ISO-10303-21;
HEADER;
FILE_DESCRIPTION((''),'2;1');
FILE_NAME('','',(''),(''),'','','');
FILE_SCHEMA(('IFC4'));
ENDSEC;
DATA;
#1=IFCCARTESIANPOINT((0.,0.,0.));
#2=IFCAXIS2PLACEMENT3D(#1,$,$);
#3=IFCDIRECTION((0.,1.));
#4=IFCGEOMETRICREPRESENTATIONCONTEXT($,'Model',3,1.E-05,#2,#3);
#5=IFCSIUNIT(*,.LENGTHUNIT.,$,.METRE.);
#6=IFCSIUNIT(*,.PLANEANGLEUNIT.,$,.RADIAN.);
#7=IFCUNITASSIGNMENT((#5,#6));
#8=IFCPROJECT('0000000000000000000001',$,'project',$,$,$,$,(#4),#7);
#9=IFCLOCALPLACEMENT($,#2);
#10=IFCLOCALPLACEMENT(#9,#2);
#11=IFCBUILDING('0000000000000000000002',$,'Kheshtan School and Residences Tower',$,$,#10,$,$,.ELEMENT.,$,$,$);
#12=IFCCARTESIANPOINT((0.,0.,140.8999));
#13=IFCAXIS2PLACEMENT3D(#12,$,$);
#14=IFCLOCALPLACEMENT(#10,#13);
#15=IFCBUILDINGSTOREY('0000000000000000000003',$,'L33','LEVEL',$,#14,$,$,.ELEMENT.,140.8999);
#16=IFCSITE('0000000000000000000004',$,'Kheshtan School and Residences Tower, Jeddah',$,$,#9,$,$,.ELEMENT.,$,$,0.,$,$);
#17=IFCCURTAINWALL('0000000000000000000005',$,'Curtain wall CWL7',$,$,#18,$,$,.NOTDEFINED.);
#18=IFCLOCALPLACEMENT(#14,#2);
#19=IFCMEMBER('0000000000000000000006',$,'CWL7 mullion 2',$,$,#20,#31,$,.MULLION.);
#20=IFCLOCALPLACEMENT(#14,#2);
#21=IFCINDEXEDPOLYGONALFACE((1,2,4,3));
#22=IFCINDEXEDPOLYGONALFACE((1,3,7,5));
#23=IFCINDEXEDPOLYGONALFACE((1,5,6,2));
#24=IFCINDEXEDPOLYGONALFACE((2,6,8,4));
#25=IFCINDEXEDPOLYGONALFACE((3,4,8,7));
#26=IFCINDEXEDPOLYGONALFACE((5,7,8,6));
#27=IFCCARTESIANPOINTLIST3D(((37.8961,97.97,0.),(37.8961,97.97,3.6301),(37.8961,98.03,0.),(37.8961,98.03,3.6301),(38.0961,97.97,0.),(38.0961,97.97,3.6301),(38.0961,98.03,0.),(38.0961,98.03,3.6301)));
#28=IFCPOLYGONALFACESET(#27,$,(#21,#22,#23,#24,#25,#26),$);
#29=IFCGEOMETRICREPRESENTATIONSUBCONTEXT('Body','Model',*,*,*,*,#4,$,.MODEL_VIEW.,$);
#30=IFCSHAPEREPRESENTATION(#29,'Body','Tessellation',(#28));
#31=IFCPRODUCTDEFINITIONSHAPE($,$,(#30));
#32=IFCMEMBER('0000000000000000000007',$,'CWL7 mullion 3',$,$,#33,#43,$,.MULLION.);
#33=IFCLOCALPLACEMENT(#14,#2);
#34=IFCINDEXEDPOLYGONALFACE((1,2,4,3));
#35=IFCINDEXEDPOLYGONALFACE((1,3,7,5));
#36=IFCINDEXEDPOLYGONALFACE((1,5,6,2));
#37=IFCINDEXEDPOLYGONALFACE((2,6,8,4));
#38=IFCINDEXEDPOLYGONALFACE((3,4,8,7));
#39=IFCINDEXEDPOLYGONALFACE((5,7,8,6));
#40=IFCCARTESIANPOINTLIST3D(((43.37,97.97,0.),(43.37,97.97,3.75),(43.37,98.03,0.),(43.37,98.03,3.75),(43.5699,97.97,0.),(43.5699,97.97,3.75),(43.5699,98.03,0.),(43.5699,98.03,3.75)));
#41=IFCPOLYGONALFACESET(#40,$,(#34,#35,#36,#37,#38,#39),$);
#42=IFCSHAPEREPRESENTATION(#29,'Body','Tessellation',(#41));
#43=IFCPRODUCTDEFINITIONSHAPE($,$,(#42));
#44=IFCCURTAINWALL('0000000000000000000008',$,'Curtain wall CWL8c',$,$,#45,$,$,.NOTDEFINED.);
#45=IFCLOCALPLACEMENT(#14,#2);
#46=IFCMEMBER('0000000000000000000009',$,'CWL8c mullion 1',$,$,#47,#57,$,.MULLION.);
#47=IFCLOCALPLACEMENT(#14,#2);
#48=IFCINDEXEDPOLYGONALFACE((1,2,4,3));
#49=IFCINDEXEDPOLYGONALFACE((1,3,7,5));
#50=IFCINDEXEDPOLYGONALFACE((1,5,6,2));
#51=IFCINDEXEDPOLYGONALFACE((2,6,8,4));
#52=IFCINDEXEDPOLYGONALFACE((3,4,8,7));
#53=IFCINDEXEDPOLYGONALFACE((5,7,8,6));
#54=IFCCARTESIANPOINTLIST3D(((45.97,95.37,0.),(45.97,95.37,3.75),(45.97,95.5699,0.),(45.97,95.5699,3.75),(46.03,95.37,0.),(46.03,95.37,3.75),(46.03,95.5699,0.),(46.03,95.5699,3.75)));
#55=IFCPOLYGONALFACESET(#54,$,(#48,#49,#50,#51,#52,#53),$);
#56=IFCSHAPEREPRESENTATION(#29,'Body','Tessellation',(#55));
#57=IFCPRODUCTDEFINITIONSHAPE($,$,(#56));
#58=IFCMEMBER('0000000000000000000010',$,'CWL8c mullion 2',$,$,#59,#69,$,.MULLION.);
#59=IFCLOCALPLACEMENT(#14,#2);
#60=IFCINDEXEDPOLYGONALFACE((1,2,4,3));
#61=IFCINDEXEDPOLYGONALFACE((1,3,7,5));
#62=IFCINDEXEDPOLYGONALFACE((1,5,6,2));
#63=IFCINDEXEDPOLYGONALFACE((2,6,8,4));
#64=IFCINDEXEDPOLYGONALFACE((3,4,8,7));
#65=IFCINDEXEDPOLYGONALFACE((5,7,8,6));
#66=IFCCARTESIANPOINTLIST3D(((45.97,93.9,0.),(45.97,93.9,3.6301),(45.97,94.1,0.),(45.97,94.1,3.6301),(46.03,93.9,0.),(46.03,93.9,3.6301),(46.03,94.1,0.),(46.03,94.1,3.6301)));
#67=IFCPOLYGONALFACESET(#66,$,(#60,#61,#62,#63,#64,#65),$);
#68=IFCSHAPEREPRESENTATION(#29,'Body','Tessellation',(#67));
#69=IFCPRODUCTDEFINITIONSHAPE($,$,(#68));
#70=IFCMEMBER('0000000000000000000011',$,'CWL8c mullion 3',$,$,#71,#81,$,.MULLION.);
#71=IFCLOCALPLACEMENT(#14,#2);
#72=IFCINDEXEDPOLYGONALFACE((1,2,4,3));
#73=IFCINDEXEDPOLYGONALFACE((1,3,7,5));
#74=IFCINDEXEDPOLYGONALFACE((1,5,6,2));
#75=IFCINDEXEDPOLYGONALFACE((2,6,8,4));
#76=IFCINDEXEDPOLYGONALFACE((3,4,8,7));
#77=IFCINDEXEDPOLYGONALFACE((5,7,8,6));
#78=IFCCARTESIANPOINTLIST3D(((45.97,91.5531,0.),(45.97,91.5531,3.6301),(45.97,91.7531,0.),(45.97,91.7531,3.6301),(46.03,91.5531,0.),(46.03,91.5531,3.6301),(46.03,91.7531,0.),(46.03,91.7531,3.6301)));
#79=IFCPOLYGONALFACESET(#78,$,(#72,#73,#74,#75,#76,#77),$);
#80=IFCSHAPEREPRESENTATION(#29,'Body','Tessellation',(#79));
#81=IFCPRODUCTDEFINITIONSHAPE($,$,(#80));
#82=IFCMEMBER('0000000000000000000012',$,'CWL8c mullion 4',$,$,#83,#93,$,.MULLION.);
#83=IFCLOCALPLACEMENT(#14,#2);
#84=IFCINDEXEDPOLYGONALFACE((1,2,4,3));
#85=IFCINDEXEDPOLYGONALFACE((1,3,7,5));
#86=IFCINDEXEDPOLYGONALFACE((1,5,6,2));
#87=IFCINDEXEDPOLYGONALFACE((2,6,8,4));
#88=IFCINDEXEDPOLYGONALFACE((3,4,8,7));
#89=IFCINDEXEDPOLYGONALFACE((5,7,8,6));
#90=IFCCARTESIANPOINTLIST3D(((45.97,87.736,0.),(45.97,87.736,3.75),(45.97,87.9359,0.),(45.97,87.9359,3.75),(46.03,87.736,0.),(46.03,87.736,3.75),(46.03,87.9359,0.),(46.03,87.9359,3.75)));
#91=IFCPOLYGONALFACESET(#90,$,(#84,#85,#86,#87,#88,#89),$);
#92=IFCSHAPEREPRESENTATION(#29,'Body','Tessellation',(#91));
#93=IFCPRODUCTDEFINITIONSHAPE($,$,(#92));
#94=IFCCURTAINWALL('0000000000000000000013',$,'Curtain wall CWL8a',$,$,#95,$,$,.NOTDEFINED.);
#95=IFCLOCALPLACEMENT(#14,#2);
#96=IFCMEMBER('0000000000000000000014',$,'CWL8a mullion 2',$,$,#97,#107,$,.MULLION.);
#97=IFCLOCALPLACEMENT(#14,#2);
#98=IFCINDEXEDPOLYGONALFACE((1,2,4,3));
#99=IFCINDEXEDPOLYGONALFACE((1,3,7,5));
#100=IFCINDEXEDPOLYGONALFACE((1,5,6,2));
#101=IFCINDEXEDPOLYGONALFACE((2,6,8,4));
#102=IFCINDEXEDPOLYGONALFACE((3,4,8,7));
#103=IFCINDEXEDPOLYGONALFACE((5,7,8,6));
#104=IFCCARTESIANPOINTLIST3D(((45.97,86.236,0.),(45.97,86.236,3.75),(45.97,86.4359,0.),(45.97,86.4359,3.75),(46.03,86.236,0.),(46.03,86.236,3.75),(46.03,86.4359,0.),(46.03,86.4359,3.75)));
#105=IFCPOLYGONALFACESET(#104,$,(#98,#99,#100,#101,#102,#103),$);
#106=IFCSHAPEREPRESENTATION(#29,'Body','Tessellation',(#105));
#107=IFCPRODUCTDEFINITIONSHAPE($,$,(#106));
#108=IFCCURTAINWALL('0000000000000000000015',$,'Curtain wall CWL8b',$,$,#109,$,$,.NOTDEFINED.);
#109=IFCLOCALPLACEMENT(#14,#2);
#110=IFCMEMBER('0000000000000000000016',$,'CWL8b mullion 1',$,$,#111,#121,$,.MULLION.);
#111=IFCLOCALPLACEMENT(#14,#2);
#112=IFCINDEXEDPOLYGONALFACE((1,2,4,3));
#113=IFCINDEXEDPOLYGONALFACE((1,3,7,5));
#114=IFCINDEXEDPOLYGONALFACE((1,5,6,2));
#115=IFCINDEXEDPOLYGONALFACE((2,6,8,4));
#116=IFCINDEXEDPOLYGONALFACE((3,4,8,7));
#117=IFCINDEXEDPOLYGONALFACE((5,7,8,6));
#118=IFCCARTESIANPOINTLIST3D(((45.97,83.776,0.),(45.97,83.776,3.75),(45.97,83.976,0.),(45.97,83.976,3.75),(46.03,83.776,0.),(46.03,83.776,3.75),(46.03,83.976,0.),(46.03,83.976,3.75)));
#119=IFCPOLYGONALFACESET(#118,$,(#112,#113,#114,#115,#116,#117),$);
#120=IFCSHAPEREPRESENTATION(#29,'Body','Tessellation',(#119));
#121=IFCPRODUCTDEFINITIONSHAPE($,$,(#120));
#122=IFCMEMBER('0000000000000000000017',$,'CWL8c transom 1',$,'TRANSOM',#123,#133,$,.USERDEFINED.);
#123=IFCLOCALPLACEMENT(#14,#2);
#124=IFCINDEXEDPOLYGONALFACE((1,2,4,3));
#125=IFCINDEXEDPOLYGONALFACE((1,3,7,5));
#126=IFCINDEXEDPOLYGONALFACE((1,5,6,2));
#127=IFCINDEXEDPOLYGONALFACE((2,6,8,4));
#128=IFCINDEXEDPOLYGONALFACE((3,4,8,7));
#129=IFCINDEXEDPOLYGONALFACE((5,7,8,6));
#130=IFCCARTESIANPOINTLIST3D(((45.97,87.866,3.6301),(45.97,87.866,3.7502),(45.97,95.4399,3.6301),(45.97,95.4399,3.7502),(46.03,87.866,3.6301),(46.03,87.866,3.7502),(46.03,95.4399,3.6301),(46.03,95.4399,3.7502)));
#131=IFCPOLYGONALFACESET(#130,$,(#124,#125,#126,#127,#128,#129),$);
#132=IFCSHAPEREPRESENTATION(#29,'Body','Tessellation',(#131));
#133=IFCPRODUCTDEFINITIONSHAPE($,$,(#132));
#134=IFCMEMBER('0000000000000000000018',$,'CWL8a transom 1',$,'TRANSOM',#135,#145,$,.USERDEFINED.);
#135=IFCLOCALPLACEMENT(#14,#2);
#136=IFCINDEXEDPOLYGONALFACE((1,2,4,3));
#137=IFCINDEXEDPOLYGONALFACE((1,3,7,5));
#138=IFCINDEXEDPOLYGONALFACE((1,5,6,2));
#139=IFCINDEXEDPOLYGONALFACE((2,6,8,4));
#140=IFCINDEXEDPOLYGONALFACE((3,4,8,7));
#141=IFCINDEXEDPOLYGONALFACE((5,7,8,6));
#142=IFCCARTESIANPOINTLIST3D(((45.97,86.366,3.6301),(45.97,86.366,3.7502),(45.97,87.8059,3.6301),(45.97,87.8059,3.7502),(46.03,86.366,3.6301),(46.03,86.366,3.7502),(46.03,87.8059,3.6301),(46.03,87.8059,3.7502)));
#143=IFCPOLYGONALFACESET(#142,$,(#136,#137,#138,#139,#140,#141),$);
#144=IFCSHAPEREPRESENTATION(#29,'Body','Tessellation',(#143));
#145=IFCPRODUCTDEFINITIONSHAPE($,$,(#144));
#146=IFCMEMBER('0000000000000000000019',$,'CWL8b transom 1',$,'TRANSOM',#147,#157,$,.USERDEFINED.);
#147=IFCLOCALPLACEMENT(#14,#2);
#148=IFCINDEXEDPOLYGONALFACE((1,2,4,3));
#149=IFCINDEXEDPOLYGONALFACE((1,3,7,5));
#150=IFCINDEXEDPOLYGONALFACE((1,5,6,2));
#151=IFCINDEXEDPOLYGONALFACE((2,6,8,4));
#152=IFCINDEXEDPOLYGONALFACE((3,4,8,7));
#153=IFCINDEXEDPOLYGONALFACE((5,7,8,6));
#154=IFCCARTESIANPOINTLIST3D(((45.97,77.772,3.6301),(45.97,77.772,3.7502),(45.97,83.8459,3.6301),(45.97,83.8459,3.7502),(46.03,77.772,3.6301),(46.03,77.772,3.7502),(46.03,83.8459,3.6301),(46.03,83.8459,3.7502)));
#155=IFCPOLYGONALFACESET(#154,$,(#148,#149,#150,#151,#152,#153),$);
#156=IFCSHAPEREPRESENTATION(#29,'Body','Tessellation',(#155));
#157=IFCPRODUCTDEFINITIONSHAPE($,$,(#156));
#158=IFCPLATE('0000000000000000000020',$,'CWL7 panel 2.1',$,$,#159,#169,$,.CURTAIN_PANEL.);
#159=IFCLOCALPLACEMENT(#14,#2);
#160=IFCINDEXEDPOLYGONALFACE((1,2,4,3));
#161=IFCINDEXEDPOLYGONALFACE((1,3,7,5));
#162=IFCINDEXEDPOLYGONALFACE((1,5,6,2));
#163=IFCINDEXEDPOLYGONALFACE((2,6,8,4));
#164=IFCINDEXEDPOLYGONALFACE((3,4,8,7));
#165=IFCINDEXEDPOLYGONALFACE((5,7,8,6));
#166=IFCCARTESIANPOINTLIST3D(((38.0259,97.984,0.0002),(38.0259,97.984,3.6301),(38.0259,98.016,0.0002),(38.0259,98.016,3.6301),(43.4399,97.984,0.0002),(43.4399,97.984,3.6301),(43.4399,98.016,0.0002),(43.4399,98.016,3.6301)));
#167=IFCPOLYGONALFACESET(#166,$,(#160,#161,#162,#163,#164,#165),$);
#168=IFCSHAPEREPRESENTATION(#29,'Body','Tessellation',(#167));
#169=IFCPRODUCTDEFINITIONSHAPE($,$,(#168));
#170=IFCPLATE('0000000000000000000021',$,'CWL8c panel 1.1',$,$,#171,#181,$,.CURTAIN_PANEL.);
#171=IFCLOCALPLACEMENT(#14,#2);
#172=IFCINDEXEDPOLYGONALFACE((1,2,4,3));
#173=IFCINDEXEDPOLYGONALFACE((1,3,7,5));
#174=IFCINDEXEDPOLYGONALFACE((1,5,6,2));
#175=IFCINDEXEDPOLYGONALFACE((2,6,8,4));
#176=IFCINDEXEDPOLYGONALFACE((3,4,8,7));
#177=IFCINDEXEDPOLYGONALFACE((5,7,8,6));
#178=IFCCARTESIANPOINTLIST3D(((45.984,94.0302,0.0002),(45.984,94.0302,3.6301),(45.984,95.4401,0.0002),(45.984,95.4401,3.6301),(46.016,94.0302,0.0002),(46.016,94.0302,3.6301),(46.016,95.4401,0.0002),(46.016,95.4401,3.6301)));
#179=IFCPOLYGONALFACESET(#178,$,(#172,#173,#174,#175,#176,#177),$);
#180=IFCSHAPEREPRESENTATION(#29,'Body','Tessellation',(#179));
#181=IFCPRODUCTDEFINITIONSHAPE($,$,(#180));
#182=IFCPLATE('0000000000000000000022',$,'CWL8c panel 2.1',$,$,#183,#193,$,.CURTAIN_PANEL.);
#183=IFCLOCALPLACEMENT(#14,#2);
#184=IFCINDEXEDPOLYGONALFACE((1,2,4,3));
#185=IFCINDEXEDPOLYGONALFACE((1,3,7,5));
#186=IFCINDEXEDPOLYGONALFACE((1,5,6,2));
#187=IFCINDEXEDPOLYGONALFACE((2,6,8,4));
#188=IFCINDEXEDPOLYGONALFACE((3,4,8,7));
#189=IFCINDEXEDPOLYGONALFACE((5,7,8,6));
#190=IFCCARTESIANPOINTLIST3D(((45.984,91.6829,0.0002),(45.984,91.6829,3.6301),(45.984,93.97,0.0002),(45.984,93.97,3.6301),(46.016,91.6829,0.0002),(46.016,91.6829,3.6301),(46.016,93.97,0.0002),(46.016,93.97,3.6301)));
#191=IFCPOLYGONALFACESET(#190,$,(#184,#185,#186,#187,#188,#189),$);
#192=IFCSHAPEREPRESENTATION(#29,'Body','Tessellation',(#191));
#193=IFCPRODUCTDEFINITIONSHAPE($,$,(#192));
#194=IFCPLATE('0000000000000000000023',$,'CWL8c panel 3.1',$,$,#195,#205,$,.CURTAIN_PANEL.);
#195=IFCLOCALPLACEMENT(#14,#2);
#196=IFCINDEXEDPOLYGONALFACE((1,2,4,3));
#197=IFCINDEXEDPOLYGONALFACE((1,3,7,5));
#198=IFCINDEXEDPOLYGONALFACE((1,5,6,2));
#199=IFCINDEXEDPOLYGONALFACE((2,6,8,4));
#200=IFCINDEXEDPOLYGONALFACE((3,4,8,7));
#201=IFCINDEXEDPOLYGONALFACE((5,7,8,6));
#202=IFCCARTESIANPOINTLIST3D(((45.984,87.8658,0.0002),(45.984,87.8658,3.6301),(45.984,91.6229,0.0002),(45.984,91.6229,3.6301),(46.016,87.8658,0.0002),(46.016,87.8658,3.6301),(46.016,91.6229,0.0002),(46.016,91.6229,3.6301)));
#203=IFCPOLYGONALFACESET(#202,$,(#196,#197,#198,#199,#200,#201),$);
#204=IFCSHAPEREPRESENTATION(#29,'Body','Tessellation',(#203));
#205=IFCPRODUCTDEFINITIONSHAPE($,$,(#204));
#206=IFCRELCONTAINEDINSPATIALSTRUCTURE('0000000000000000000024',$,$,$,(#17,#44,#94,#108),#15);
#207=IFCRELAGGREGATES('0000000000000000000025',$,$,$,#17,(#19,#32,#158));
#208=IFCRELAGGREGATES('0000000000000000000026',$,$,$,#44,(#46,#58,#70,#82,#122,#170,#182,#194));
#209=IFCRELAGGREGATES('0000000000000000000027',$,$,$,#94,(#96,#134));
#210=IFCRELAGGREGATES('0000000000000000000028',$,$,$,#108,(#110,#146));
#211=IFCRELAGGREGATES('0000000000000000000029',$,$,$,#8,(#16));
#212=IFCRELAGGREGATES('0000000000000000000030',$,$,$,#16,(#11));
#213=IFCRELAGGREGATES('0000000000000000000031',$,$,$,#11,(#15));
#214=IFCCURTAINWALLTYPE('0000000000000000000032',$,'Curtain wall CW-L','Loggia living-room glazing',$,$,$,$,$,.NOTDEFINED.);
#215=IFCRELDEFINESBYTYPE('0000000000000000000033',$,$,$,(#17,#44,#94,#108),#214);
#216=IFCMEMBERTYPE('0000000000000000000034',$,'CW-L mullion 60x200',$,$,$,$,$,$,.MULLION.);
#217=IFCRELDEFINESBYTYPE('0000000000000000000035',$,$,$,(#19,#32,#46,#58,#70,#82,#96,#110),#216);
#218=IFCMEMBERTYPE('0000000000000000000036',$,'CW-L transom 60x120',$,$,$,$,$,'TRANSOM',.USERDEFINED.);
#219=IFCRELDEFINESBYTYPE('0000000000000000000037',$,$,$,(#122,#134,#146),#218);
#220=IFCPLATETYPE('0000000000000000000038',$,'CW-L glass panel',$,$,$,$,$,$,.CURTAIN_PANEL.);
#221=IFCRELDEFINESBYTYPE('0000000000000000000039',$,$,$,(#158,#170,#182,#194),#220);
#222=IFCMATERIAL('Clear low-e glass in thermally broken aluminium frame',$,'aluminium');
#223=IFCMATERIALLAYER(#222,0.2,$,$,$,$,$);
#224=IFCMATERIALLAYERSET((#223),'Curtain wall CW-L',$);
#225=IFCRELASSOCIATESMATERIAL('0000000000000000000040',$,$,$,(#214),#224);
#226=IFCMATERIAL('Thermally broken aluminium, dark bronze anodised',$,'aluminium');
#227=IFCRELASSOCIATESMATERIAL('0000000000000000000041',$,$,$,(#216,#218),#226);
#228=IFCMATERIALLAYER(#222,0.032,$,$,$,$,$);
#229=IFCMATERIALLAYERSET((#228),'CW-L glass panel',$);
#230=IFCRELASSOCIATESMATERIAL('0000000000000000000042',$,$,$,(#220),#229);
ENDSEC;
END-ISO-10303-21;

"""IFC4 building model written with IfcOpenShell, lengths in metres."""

from ifc_helpers import new_model, si_unit, direction, frame, origin, origin_2d, place, context, subcontext, project, spatial, rectangle, extrude, material, layer, layer_set, material_profile, profile_set, type_object, element, aggregate, save


model = new_model("IFC4")

# Units and contexts
model_context = context("Model", 3, precision=1e-05, world=origin(), true_north=direction((0.0, 1.0)))
body_context = subcontext(model_context, "Body", "Model", "MODEL_VIEW")
ifc_project = project(units=[si_unit("LENGTHUNIT", "METRE"), si_unit("PLANEANGLEUNIT", "RADIAN")], contexts=[model_context])

# Site, building, storey
site_placement = place(None, origin())
site = spatial("IfcSite", under=ifc_project, at=site_placement, Name="Kheshtan School and Residences Tower, Jeddah", CompositionType="ELEMENT", RefElevation=0.0)
building_placement = place(site_placement, origin())
building = spatial("IfcBuilding", under=site, at=building_placement, Name="Kheshtan School and Residences Tower", CompositionType="ELEMENT")
storey_placement = place(building_placement, frame((0.0, 0.0, 140.8999)))
storey = spatial("IfcBuildingStorey", under=building, at=storey_placement, Name="L33", Description="LEVEL", CompositionType="ELEMENT", Elevation=140.8999)

# Curtain walls, members
ifc_material_1 = material(Name="Clear low-e glass in thermally broken aluminium frame", Category="aluminium")
ifc_layer_1 = layer(ifc_material_1, 0.2)
ifc_layer_set_1 = layer_set([ifc_layer_1], Name="Curtain wall CW-L")
curtain_wall_type = type_object("IfcCurtainWallType", Name="Curtain wall CW-L", Description="Loggia living-room glazing", PredefinedType="NOTDEFINED", material=ifc_layer_set_1)
curtain_wall_1_placement = place(storey_placement, origin())
curtain_wall_1 = element("IfcCurtainWall", 1, at=curtain_wall_1_placement, inside=storey, type_object=curtain_wall_type, Name="Curtain wall CWL7", PredefinedType="NOTDEFINED")
ifc_material_2 = material(Name="Thermally broken aluminium, dark bronze anodised", Category="aluminium")
ifc_material_profile_1 = material_profile(ifc_material_2, rectangle(XDim=0.0601, YDim=0.2, at=origin_2d()), Name="CW-L mullion 60x200")
ifc_profile_set_1 = profile_set([ifc_material_profile_1], Name="Thermally broken aluminium, dark bronze anodised")
member_type_1 = type_object("IfcMemberType", Name="CW-L mullion 60x200", PredefinedType="MULLION", material=ifc_profile_set_1)
member_1_placement = place(storey_placement, frame((37.9961, 98.0, 0.0), z_axis=(0.0, 0.0, 1.0), x_axis=(0.0, 1.0, 0.0)))
member_1 = element("IfcMember", 2, at=member_1_placement, type_object=member_type_1, Name="CWL7 mullion 2", PredefinedType="MULLION", context=body_context, shape_type="SweptSolid", body=[
    extrude(rectangle(XDim=0.0601, YDim=0.2, at=origin_2d()), origin(), (0.0, 0.0, 1.0), 3.6301),
])
member_2_placement = place(storey_placement, frame((43.47, 98.0, 0.0), z_axis=(0.0, 0.0, 1.0), x_axis=(0.0, 1.0, 0.0)))
member_2 = element("IfcMember", 3, at=member_2_placement, type_object=member_type_1, Name="CWL7 mullion 3", PredefinedType="MULLION", context=body_context, shape_type="SweptSolid", body=[
    extrude(rectangle(XDim=0.0601, YDim=0.2, at=origin_2d()), origin(), (0.0, 0.0, 1.0), 3.75),
])
curtain_wall_2_placement = place(storey_placement, origin())
curtain_wall_2 = element("IfcCurtainWall", 4, at=curtain_wall_2_placement, inside=storey, type_object=curtain_wall_type, Name="Curtain wall CWL8c", PredefinedType="NOTDEFINED")
member_3_placement = place(storey_placement, frame((46.0, 95.47, 0.0), z_axis=(0.0, 0.0, 1.0), x_axis=(1.0, 0.0, 0.0)))
member_3 = element("IfcMember", 5, at=member_3_placement, type_object=member_type_1, Name="CWL8c mullion 1", PredefinedType="MULLION", context=body_context, shape_type="SweptSolid", body=[
    extrude(rectangle(XDim=0.0601, YDim=0.2, at=origin_2d()), origin(), (0.0, 0.0, 1.0), 3.75),
])
member_4_placement = place(storey_placement, frame((46.0, 94.0, 0.0), z_axis=(0.0, 0.0, 1.0), x_axis=(1.0, 0.0, 0.0)))
member_4 = element("IfcMember", 6, at=member_4_placement, type_object=member_type_1, Name="CWL8c mullion 2", PredefinedType="MULLION", context=body_context, shape_type="SweptSolid", body=[
    extrude(rectangle(XDim=0.0601, YDim=0.2, at=origin_2d()), origin(), (0.0, 0.0, 1.0), 3.6301),
])
member_5_placement = place(storey_placement, frame((46.0, 91.6531, 0.0), z_axis=(0.0, 0.0, 1.0), x_axis=(1.0, 0.0, 0.0)))
member_5 = element("IfcMember", 7, at=member_5_placement, type_object=member_type_1, Name="CWL8c mullion 3", PredefinedType="MULLION", context=body_context, shape_type="SweptSolid", body=[
    extrude(rectangle(XDim=0.0601, YDim=0.2, at=origin_2d()), origin(), (0.0, 0.0, 1.0), 3.6301),
])
member_6_placement = place(storey_placement, frame((46.0, 87.8359, 0.0), z_axis=(0.0, 0.0, 1.0), x_axis=(1.0, 0.0, 0.0)))
member_6 = element("IfcMember", 8, at=member_6_placement, type_object=member_type_1, Name="CWL8c mullion 4", PredefinedType="MULLION", context=body_context, shape_type="SweptSolid", body=[
    extrude(rectangle(XDim=0.0601, YDim=0.2, at=origin_2d()), origin(), (0.0, 0.0, 1.0), 3.75),
])

# Curtain walls, members
curtain_wall_3_placement = place(storey_placement, origin())
curtain_wall_3 = element("IfcCurtainWall", 9, at=curtain_wall_3_placement, inside=storey, type_object=curtain_wall_type, Name="Curtain wall CWL8a", PredefinedType="NOTDEFINED")
member_7_placement = place(storey_placement, frame((46.0, 86.3359, 0.0), z_axis=(0.0, 0.0, 1.0), x_axis=(1.0, 0.0, 0.0)))
member_7 = element("IfcMember", 10, at=member_7_placement, type_object=member_type_1, Name="CWL8a mullion 2", PredefinedType="MULLION", context=body_context, shape_type="SweptSolid", body=[
    extrude(rectangle(XDim=0.0601, YDim=0.2, at=origin_2d()), origin(), (0.0, 0.0, 1.0), 3.75),
])
curtain_wall_4_placement = place(storey_placement, origin())
curtain_wall_4 = element("IfcCurtainWall", 11, at=curtain_wall_4_placement, inside=storey, type_object=curtain_wall_type, Name="Curtain wall CWL8b", PredefinedType="NOTDEFINED")
member_8_placement = place(storey_placement, frame((46.0, 83.876, 0.0), z_axis=(0.0, 0.0, 1.0), x_axis=(1.0, 0.0, 0.0)))
member_8 = element("IfcMember", 12, at=member_8_placement, type_object=member_type_1, Name="CWL8b mullion 1", PredefinedType="MULLION", context=body_context, shape_type="SweptSolid", body=[
    extrude(rectangle(XDim=0.0601, YDim=0.2, at=origin_2d()), origin(), (0.0, 0.0, 1.0), 3.75),
])

# Members
ifc_material_profile_2 = material_profile(ifc_material_2, rectangle(XDim=0.0601, YDim=0.1201, at=origin_2d()), Name="CW-L transom 60x120")
ifc_profile_set_2 = profile_set([ifc_material_profile_2], Name="Thermally broken aluminium, dark bronze anodised")
member_type_2 = type_object("IfcMemberType", Name="CW-L transom 60x120", ElementType="TRANSOM", PredefinedType="USERDEFINED", material=ifc_profile_set_2)
member_9_placement = place(storey_placement, frame((46.0, 95.4399, 3.6902), z_axis=(0.0, -1.0, 0.0), x_axis=(1.0, 0.0, 0.0)))
member_9 = element("IfcMember", 13, at=member_9_placement, type_object=member_type_2, Name="CWL8c transom 1", ObjectType="TRANSOM", PredefinedType="USERDEFINED", context=body_context, shape_type="SweptSolid", body=[
    extrude(rectangle(XDim=0.0601, YDim=0.1201, at=origin_2d()), origin(), (0.0, 0.0, 1.0), 7.574),
])
member_10_placement = place(storey_placement, frame((46.0, 87.8059, 3.6902), z_axis=(0.0, -1.0, 0.0), x_axis=(1.0, 0.0, 0.0)))
member_10 = element("IfcMember", 14, at=member_10_placement, type_object=member_type_2, Name="CWL8a transom 1", ObjectType="TRANSOM", PredefinedType="USERDEFINED", context=body_context, shape_type="SweptSolid", body=[
    extrude(rectangle(XDim=0.0601, YDim=0.1201, at=origin_2d()), origin(), (0.0, 0.0, 1.0), 1.4399),
])
member_11_placement = place(storey_placement, frame((46.0, 83.8459, 3.6902), z_axis=(0.0, -1.0, 0.0), x_axis=(1.0, 0.0, 0.0)))
member_11 = element("IfcMember", 15, at=member_11_placement, type_object=member_type_2, Name="CWL8b transom 1", ObjectType="TRANSOM", PredefinedType="USERDEFINED", context=body_context, shape_type="SweptSolid", body=[
    extrude(rectangle(XDim=0.0601, YDim=0.1201, at=origin_2d()), origin(), (0.0, 0.0, 1.0), 6.074),
])

# Plates
ifc_layer_2 = layer(ifc_material_1, 0.032)
ifc_layer_set_2 = layer_set([ifc_layer_2], Name="CW-L glass panel")
plate_type = type_object("IfcPlateType", Name="CW-L glass panel", PredefinedType="CURTAIN_PANEL", material=ifc_layer_set_2)
plate_1_placement = place(storey_placement, frame((40.7329, 98.0, 0.0002), z_axis=(0.0, 0.0, 1.0), x_axis=(1.0, 0.0, 0.0)))
plate_1 = element("IfcPlate", 16, at=plate_1_placement, type_object=plate_type, Name="CWL7 panel 2.1", PredefinedType="CURTAIN_PANEL", context=body_context, shape_type="SweptSolid", body=[
    extrude(rectangle(XDim=5.4141, YDim=0.032, at=origin_2d()), origin(), (0.0, 0.0, 1.0), 3.6299),
])
aggregate(curtain_wall_1, [member_1, member_2, plate_1])
plate_2_placement = place(storey_placement, frame((46.0, 94.7351, 0.0002), z_axis=(0.0, 0.0, 1.0), x_axis=(0.0, -1.0, 0.0)))
plate_2 = element("IfcPlate", 17, at=plate_2_placement, type_object=plate_type, Name="CWL8c panel 1.1", PredefinedType="CURTAIN_PANEL", context=body_context, shape_type="SweptSolid", body=[
    extrude(rectangle(XDim=1.4099, YDim=0.032, at=origin_2d()), origin(), (0.0, 0.0, 1.0), 3.6299),
])
plate_3_placement = place(storey_placement, frame((46.0, 92.8264, 0.0002), z_axis=(0.0, 0.0, 1.0), x_axis=(0.0, -1.0, 0.0)))
plate_3 = element("IfcPlate", 18, at=plate_3_placement, type_object=plate_type, Name="CWL8c panel 2.1", PredefinedType="CURTAIN_PANEL", context=body_context, shape_type="SweptSolid", body=[
    extrude(rectangle(XDim=2.2871, YDim=0.032, at=origin_2d()), origin(), (0.0, 0.0, 1.0), 3.6299),
])
plate_4_placement = place(storey_placement, frame((46.0, 89.7444, 0.0002), z_axis=(0.0, 0.0, 1.0), x_axis=(0.0, -1.0, 0.0)))
plate_4 = element("IfcPlate", 19, at=plate_4_placement, type_object=plate_type, Name="CWL8c panel 3.1", PredefinedType="CURTAIN_PANEL", context=body_context, shape_type="SweptSolid", body=[
    extrude(rectangle(XDim=3.7571, YDim=0.032, at=origin_2d()), origin(), (0.0, 0.0, 1.0), 3.6299),
])
aggregate(curtain_wall_2, [member_3, member_4, member_5, member_6, member_9, plate_2, plate_3, plate_4])
aggregate(curtain_wall_3, [member_7, member_10])
aggregate(curtain_wall_4, [member_8, member_11])

save(model, "model.ifc")
